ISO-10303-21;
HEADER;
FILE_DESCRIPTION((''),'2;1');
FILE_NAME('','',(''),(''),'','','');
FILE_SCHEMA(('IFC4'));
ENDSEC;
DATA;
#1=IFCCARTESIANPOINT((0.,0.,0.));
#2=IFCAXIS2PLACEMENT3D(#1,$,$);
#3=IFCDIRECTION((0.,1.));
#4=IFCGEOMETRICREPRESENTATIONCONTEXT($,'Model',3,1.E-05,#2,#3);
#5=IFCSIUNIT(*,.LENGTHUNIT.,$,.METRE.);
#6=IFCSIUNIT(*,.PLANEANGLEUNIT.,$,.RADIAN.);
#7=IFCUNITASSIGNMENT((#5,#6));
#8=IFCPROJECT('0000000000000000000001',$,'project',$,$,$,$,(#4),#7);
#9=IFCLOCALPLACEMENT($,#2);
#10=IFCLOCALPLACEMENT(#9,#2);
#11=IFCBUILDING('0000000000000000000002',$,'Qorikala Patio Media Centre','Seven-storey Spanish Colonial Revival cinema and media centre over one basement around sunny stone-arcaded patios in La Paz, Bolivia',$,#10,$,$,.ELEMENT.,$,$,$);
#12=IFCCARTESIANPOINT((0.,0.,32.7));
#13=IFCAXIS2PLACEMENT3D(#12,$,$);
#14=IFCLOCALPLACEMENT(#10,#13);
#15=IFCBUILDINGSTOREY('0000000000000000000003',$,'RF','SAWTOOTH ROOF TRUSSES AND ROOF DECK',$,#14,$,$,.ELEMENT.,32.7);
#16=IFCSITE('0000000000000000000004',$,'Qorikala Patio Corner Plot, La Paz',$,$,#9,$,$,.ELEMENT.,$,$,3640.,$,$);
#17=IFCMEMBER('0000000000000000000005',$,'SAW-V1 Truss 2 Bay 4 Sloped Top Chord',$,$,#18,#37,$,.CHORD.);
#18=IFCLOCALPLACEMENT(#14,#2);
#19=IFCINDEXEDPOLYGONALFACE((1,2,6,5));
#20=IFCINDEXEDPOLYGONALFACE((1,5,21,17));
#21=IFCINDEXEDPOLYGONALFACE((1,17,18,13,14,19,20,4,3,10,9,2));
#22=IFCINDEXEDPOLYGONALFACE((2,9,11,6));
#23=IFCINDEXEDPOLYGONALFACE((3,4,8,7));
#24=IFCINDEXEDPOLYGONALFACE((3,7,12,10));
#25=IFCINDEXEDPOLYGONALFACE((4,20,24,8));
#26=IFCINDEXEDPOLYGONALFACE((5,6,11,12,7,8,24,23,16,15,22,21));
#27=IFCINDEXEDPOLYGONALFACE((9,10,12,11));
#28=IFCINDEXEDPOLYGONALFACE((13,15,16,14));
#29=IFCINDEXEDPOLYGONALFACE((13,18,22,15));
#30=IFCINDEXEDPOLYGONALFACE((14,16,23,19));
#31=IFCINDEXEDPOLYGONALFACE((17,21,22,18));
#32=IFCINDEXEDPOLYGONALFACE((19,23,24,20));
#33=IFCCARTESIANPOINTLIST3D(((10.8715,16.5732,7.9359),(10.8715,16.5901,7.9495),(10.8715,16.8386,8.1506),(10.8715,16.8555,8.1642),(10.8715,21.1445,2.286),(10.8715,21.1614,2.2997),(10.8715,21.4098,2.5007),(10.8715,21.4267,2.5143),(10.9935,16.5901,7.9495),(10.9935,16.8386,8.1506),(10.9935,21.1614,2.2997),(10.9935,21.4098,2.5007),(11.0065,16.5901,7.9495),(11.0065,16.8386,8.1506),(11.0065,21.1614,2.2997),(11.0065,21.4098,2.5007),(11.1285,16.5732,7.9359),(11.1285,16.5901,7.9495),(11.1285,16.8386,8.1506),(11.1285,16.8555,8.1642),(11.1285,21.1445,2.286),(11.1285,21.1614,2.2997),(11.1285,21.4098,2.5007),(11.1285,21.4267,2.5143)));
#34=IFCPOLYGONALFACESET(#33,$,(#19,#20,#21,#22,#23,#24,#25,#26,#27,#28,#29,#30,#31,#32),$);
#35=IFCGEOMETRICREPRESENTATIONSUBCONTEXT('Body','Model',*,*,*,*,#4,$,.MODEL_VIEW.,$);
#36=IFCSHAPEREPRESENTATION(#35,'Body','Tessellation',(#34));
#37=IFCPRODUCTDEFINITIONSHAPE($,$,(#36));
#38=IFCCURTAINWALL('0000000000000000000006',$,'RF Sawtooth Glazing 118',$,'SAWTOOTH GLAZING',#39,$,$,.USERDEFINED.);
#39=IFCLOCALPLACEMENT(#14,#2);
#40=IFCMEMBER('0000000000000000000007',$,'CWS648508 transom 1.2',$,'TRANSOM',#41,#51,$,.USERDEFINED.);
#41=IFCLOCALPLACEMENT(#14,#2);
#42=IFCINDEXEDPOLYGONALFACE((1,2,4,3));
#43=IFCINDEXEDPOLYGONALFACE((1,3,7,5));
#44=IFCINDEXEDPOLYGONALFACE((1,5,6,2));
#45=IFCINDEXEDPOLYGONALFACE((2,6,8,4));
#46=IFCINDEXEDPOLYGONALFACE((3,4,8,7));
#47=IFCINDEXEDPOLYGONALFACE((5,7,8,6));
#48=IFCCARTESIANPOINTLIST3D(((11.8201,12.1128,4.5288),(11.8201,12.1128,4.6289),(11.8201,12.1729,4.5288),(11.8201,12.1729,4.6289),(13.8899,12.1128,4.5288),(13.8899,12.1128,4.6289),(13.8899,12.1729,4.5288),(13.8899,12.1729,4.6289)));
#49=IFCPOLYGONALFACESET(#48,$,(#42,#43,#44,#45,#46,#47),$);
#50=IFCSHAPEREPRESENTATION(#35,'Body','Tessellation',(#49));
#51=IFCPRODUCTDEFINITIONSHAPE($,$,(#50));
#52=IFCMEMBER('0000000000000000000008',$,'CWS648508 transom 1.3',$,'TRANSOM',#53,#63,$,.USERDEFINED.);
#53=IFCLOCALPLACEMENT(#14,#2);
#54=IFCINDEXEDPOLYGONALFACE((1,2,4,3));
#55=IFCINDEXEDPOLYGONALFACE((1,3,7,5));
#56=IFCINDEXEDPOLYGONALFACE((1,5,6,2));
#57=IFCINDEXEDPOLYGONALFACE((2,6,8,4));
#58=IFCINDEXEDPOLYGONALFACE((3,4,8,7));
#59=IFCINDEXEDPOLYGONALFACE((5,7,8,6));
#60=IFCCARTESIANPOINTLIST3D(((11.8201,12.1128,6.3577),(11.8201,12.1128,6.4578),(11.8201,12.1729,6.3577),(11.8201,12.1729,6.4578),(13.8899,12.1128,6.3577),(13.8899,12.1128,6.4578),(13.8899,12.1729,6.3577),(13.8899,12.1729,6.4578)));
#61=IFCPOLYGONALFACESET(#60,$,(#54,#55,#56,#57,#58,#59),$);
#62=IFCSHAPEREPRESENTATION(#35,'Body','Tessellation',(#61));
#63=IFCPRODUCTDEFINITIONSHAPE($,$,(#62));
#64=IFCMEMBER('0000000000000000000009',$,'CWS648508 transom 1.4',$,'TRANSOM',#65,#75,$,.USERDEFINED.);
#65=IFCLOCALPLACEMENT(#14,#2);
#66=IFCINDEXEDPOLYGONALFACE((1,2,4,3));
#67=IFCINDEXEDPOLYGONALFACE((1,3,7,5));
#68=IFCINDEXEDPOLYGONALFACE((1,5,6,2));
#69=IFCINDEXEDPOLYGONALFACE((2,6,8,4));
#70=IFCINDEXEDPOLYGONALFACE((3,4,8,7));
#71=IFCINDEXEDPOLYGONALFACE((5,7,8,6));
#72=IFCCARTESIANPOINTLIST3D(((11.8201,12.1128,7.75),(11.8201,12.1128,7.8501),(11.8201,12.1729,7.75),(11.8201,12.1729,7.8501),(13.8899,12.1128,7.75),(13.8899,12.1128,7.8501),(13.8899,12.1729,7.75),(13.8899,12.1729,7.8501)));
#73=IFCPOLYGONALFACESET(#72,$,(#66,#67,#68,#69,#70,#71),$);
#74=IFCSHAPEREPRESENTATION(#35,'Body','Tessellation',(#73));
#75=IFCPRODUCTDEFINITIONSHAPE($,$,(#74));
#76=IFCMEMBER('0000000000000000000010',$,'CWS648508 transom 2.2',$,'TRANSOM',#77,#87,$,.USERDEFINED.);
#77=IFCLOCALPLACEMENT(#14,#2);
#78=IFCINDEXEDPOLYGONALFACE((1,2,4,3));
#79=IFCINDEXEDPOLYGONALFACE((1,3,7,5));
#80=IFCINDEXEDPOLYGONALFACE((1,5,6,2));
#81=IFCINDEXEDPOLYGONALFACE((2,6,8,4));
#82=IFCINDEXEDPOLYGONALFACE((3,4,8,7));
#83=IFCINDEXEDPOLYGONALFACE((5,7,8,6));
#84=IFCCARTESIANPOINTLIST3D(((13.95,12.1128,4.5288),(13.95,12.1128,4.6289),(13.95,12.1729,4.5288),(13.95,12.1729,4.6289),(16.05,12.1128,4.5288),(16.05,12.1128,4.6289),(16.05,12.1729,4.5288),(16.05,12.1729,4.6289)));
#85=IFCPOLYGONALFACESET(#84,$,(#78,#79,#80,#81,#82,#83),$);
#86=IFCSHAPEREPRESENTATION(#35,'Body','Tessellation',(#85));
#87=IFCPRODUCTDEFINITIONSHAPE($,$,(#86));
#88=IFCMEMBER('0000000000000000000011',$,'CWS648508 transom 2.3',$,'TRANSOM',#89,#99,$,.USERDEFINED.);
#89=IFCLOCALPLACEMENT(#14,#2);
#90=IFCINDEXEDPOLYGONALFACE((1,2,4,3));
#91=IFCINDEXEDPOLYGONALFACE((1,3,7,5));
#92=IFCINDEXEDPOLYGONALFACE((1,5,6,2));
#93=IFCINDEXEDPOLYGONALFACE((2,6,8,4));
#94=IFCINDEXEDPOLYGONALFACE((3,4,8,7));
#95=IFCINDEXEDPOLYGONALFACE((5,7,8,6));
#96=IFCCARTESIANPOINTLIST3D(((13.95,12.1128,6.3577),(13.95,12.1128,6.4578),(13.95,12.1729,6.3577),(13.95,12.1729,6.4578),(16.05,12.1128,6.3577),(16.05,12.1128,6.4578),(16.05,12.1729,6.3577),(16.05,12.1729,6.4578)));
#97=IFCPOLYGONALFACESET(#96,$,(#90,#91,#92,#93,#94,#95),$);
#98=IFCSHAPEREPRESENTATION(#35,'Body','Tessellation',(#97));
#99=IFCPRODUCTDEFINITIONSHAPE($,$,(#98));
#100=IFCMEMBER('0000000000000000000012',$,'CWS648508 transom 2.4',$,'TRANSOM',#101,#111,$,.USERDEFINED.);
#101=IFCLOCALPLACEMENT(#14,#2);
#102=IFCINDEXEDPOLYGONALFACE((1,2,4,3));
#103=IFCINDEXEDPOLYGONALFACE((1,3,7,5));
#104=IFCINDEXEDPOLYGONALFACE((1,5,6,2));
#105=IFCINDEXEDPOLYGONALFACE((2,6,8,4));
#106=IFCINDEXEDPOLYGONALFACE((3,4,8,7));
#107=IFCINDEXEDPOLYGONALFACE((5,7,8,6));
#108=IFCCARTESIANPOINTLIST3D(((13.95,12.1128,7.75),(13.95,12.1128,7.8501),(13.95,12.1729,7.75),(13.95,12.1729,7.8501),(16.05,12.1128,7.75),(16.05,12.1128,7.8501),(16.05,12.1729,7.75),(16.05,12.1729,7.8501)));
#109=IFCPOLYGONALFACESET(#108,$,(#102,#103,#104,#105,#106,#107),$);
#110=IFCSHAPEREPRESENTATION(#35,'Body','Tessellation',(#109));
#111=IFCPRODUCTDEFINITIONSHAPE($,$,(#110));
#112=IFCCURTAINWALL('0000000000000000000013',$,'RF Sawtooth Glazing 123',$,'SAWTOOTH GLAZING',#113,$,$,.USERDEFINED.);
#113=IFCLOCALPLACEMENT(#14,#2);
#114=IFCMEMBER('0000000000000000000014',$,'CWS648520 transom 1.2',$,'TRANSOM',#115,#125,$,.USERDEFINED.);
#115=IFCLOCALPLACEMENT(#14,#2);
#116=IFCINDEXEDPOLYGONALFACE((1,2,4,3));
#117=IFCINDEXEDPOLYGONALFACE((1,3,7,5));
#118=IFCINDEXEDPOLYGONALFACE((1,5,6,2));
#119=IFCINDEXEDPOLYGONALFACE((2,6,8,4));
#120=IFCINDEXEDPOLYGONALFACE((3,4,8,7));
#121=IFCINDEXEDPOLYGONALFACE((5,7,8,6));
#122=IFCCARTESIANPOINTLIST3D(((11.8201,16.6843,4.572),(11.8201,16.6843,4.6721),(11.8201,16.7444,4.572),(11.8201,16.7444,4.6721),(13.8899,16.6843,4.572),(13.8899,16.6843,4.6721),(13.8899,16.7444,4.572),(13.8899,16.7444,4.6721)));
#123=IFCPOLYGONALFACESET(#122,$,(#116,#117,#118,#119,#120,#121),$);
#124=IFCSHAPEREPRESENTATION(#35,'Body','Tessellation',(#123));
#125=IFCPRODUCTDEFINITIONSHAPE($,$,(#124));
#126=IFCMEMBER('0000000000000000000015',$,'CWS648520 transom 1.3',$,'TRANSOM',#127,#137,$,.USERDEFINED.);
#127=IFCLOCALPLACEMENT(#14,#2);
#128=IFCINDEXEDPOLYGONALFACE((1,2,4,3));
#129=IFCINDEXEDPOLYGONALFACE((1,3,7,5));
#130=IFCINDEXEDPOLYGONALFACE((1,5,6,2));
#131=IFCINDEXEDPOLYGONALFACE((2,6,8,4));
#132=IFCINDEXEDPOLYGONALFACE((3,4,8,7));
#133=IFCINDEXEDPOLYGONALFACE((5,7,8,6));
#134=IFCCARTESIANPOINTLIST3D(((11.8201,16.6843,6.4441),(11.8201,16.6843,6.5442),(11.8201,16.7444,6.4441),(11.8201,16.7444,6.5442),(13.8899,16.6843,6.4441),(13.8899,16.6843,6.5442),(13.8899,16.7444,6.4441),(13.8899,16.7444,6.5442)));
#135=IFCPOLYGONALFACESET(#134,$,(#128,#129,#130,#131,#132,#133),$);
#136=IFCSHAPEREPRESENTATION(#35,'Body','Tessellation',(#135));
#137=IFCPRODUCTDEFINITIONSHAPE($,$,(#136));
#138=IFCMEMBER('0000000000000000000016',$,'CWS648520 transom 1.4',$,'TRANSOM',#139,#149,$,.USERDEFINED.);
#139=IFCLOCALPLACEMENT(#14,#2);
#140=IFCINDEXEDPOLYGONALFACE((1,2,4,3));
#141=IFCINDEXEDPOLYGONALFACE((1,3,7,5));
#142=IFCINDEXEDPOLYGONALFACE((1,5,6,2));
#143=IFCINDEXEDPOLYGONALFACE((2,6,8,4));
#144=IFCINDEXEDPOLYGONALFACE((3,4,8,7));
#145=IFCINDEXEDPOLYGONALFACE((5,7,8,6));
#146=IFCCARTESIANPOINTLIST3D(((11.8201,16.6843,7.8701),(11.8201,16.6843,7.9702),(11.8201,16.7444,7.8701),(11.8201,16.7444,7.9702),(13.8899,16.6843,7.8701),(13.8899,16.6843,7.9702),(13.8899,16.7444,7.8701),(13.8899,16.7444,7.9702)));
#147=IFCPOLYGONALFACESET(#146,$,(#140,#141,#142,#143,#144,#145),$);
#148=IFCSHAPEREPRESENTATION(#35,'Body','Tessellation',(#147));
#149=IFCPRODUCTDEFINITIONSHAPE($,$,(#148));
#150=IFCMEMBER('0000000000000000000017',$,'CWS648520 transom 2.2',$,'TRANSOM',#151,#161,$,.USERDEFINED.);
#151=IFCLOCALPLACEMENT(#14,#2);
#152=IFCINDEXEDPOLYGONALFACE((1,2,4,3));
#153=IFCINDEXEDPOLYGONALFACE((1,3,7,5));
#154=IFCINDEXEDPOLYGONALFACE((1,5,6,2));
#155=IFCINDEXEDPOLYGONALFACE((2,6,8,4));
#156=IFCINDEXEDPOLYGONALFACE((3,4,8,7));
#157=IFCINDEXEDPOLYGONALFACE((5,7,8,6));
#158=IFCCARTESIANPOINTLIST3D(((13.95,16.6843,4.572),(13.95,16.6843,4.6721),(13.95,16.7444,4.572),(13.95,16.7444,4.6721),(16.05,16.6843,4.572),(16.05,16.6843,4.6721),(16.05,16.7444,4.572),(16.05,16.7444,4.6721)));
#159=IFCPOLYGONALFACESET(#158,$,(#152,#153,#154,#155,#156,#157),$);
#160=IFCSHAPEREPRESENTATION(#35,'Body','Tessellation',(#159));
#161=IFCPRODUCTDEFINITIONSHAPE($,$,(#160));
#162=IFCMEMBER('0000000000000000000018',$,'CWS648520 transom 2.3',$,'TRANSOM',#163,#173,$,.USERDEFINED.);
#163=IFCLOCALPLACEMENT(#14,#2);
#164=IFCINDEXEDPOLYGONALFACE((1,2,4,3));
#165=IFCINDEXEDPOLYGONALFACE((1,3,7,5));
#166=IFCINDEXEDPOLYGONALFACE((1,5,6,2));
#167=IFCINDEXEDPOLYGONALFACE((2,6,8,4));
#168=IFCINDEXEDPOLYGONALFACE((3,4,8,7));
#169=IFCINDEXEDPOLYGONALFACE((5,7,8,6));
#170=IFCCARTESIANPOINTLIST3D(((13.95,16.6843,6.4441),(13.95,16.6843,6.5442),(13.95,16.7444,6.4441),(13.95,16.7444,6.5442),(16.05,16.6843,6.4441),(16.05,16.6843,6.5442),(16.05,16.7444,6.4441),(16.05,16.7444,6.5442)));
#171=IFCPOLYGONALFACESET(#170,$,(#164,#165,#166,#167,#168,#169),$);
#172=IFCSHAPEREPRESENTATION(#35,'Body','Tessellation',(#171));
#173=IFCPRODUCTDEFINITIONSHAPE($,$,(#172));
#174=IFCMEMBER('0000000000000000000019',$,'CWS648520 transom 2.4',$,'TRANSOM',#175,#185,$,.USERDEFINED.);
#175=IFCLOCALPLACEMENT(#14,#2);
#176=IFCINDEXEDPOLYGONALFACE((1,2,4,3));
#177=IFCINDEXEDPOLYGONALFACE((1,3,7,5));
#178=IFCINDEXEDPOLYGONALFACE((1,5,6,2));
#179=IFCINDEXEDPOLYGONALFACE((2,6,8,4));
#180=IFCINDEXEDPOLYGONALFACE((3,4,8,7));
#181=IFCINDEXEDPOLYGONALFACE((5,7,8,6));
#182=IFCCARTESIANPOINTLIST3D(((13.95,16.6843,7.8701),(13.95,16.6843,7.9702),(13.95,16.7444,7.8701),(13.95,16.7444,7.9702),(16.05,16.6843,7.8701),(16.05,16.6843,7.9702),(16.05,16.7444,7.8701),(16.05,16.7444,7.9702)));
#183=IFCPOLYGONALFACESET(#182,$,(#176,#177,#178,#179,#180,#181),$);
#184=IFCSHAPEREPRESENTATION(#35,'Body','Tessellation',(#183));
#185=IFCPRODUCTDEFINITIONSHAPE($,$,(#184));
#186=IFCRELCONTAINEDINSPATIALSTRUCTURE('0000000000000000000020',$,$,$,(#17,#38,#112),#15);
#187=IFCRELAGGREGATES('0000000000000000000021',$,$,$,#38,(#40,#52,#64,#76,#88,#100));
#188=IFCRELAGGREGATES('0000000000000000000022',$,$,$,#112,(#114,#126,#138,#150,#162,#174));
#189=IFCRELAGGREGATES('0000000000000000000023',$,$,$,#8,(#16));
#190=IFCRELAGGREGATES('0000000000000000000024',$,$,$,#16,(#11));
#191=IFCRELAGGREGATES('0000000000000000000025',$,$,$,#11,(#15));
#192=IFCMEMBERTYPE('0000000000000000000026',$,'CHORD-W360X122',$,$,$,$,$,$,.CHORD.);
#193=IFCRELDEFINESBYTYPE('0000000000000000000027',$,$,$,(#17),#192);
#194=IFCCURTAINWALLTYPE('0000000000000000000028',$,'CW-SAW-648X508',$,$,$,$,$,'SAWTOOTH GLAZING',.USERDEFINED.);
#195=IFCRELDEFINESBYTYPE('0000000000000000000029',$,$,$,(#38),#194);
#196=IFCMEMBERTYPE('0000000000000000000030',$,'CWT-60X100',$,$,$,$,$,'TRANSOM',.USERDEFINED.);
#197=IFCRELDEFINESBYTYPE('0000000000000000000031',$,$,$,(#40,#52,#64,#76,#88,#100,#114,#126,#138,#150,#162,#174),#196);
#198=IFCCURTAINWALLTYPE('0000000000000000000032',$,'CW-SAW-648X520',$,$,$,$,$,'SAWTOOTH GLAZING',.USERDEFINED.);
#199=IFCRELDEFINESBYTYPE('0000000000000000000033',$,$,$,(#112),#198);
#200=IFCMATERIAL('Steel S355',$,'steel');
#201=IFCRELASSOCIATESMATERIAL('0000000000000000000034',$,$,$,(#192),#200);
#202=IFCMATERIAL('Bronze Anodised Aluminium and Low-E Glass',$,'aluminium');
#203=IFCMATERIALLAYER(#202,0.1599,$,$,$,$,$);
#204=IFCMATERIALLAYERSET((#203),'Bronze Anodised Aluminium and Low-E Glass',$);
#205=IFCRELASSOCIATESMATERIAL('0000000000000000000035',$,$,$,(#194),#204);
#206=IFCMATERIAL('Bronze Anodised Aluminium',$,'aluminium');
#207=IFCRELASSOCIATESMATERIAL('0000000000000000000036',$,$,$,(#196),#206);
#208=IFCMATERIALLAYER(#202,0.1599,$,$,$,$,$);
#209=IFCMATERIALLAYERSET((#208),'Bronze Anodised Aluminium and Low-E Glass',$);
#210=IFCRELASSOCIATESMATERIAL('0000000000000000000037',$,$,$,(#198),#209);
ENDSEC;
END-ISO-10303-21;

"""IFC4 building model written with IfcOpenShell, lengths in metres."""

from ifc_helpers import new_model, si_unit, direction, frame, origin, origin_2d, place, context, subcontext, project, spatial, rectangle, i_section, extrude, material, layer, layer_set, material_profile, profile_set, type_object, element, aggregate, save


model = new_model("IFC4")

# Units and contexts
model_context = context("Model", 3, precision=1e-05, world=origin(), true_north=direction((0.0, 1.0)))
body_context = subcontext(model_context, "Body", "Model", "MODEL_VIEW")
ifc_project = project(units=[si_unit("LENGTHUNIT", "METRE"), si_unit("PLANEANGLEUNIT", "RADIAN")], contexts=[model_context])

# Site, building, storey
site_placement = place(None, origin())
site = spatial("IfcSite", under=ifc_project, at=site_placement, Name="Qorikala Patio Corner Plot, La Paz", CompositionType="ELEMENT", RefElevation=3640.0)
building_placement = place(site_placement, origin())
building = spatial("IfcBuilding", under=site, at=building_placement, Name="Qorikala Patio Media Centre", Description="Seven-storey Spanish Colonial Revival cinema and media centre over one basement around sunny stone-arcaded patios in La Paz, Bolivia", CompositionType="ELEMENT")
storey_placement = place(building_placement, frame((0.0, 0.0, 32.7)))
storey = spatial("IfcBuildingStorey", under=building, at=storey_placement, Name="RF", Description="SAWTOOTH ROOF TRUSSES AND ROOF DECK", CompositionType="ELEMENT", Elevation=32.7)

# Member
ifc_material_1 = material(Name="Steel S355", Category="steel")
ifc_material_profile_1 = material_profile(ifc_material_1, i_section(OverallWidth=0.2571, OverallDepth=0.363, WebThickness=0.0129, FlangeThickness=0.0217, at=origin_2d()), Name="W360X122")
ifc_profile_set_1 = profile_set([ifc_material_profile_1], Name="Steel S355")
member_type_1 = type_object("IfcMemberType", Name="CHORD-W360X122", PredefinedType="CHORD", material=ifc_profile_set_1)
member_1_placement = place(storey_placement, frame((11.0, 16.7144, 8.05), z_axis=(0.0, 0.628995, -0.777409), x_axis=(-1.0, 0.0, 0.0)))
element("IfcMember", 1, at=member_1_placement, inside=storey, type_object=member_type_1, Name="SAW-V1 Truss 2 Bay 4 Sloped Top Chord", PredefinedType="CHORD", context=body_context, shape_type="SweptSolid", body=[
    extrude(i_section(OverallWidth=0.2571, OverallDepth=0.363, WebThickness=0.0129, FlangeThickness=0.0217, at=origin_2d()), origin(), (0.0, 0.0, 1.0), 7.2676),
])

# Curtain walls, members
ifc_material_2 = material(Name="Bronze Anodised Aluminium and Low-E Glass", Category="aluminium")
ifc_layer_1 = layer(ifc_material_2, 0.1599)
ifc_layer_set_1 = layer_set([ifc_layer_1], Name="Bronze Anodised Aluminium and Low-E Glass")
curtain_wall_type_1 = type_object("IfcCurtainWallType", Name="CW-SAW-648X508", ElementType="SAWTOOTH GLAZING", PredefinedType="USERDEFINED", material=ifc_layer_set_1)
curtain_wall_1_placement = place(storey_placement, origin())
curtain_wall_1 = element("IfcCurtainWall", 2, at=curtain_wall_1_placement, inside=storey, type_object=curtain_wall_type_1, Name="RF Sawtooth Glazing 118", ObjectType="SAWTOOTH GLAZING", PredefinedType="USERDEFINED")
ifc_material_3 = material(Name="Bronze Anodised Aluminium", Category="aluminium")
ifc_material_profile_2 = material_profile(ifc_material_3, rectangle(XDim=0.0601, YDim=0.1001, at=origin_2d()), Name="ALU TRANSOM 60x100")
ifc_profile_set_2 = profile_set([ifc_material_profile_2], Name="Bronze Anodised Aluminium")
member_type_2 = type_object("IfcMemberType", Name="CWT-60X100", ElementType="TRANSOM", PredefinedType="USERDEFINED", material=ifc_profile_set_2)
member_2_placement = place(storey_placement, frame((11.8201, 12.1428, 4.5789), z_axis=(1.0, 0.0, 0.0), x_axis=(0.0, 1.0, 0.0)))
member_2 = element("IfcMember", 3, at=member_2_placement, type_object=member_type_2, Name="CWS648508 transom 1.2", ObjectType="TRANSOM", PredefinedType="USERDEFINED", context=body_context, shape_type="SweptSolid", body=[
    extrude(rectangle(XDim=0.0601, YDim=0.1001, at=origin_2d()), origin(), (0.0, 0.0, 1.0), 2.0698),
])
member_3_placement = place(storey_placement, frame((11.8201, 12.1428, 6.4077), z_axis=(1.0, 0.0, 0.0), x_axis=(0.0, 1.0, 0.0)))
member_3 = element("IfcMember", 4, at=member_3_placement, type_object=member_type_2, Name="CWS648508 transom 1.3", ObjectType="TRANSOM", PredefinedType="USERDEFINED", context=body_context, shape_type="SweptSolid", body=[
    extrude(rectangle(XDim=0.0601, YDim=0.1001, at=origin_2d()), origin(), (0.0, 0.0, 1.0), 2.0698),
])
member_4_placement = place(storey_placement, frame((11.8201, 12.1428, 7.8), z_axis=(1.0, 0.0, 0.0), x_axis=(0.0, 1.0, 0.0)))
member_4 = element("IfcMember", 5, at=member_4_placement, type_object=member_type_2, Name="CWS648508 transom 1.4", ObjectType="TRANSOM", PredefinedType="USERDEFINED", context=body_context, shape_type="SweptSolid", body=[
    extrude(rectangle(XDim=0.0601, YDim=0.1001, at=origin_2d()), origin(), (0.0, 0.0, 1.0), 2.0698),
])
member_5_placement = place(storey_placement, frame((13.95, 12.1428, 4.5789), z_axis=(1.0, 0.0, 0.0), x_axis=(0.0, 1.0, 0.0)))
member_5 = element("IfcMember", 6, at=member_5_placement, type_object=member_type_2, Name="CWS648508 transom 2.2", ObjectType="TRANSOM", PredefinedType="USERDEFINED", context=body_context, shape_type="SweptSolid", body=[
    extrude(rectangle(XDim=0.0601, YDim=0.1001, at=origin_2d()), origin(), (0.0, 0.0, 1.0), 2.1001),
])
member_6_placement = place(storey_placement, frame((13.95, 12.1428, 6.4077), z_axis=(1.0, 0.0, 0.0), x_axis=(0.0, 1.0, 0.0)))
member_6 = element("IfcMember", 7, at=member_6_placement, type_object=member_type_2, Name="CWS648508 transom 2.3", ObjectType="TRANSOM", PredefinedType="USERDEFINED", context=body_context, shape_type="SweptSolid", body=[
    extrude(rectangle(XDim=0.0601, YDim=0.1001, at=origin_2d()), origin(), (0.0, 0.0, 1.0), 2.1001),
])
member_7_placement = place(storey_placement, frame((13.95, 12.1428, 7.8), z_axis=(1.0, 0.0, 0.0), x_axis=(0.0, 1.0, 0.0)))
member_7 = element("IfcMember", 8, at=member_7_placement, type_object=member_type_2, Name="CWS648508 transom 2.4", ObjectType="TRANSOM", PredefinedType="USERDEFINED", context=body_context, shape_type="SweptSolid", body=[
    extrude(rectangle(XDim=0.0601, YDim=0.1001, at=origin_2d()), origin(), (0.0, 0.0, 1.0), 2.1001),
])
ifc_layer_2 = layer(ifc_material_2, 0.1599)
ifc_layer_set_2 = layer_set([ifc_layer_2], Name="Bronze Anodised Aluminium and Low-E Glass")
curtain_wall_type_2 = type_object("IfcCurtainWallType", Name="CW-SAW-648X520", ElementType="SAWTOOTH GLAZING", PredefinedType="USERDEFINED", material=ifc_layer_set_2)
curtain_wall_2_placement = place(storey_placement, origin())
curtain_wall_2 = element("IfcCurtainWall", 9, at=curtain_wall_2_placement, inside=storey, type_object=curtain_wall_type_2, Name="RF Sawtooth Glazing 123", ObjectType="SAWTOOTH GLAZING", PredefinedType="USERDEFINED")
member_8_placement = place(storey_placement, frame((11.8201, 16.7144, 4.6221), z_axis=(1.0, 0.0, 0.0), x_axis=(0.0, 1.0, 0.0)))
member_8 = element("IfcMember", 10, at=member_8_placement, type_object=member_type_2, Name="CWS648520 transom 1.2", ObjectType="TRANSOM", PredefinedType="USERDEFINED", context=body_context, shape_type="SweptSolid", body=[
    extrude(rectangle(XDim=0.0601, YDim=0.1001, at=origin_2d()), origin(), (0.0, 0.0, 1.0), 2.0698),
])
member_9_placement = place(storey_placement, frame((11.8201, 16.7144, 6.4941), z_axis=(1.0, 0.0, 0.0), x_axis=(0.0, 1.0, 0.0)))
member_9 = element("IfcMember", 11, at=member_9_placement, type_object=member_type_2, Name="CWS648520 transom 1.3", ObjectType="TRANSOM", PredefinedType="USERDEFINED", context=body_context, shape_type="SweptSolid", body=[
    extrude(rectangle(XDim=0.0601, YDim=0.1001, at=origin_2d()), origin(), (0.0, 0.0, 1.0), 2.0698),
])
member_10_placement = place(storey_placement, frame((11.8201, 16.7144, 7.9202), z_axis=(1.0, 0.0, 0.0), x_axis=(0.0, 1.0, 0.0)))
member_10 = element("IfcMember", 12, at=member_10_placement, type_object=member_type_2, Name="CWS648520 transom 1.4", ObjectType="TRANSOM", PredefinedType="USERDEFINED", context=body_context, shape_type="SweptSolid", body=[
    extrude(rectangle(XDim=0.0601, YDim=0.1001, at=origin_2d()), origin(), (0.0, 0.0, 1.0), 2.0698),
])
member_11_placement = place(storey_placement, frame((13.95, 16.7144, 4.6221), z_axis=(1.0, 0.0, 0.0), x_axis=(0.0, 1.0, 0.0)))
member_11 = element("IfcMember", 13, at=member_11_placement, type_object=member_type_2, Name="CWS648520 transom 2.2", ObjectType="TRANSOM", PredefinedType="USERDEFINED", context=body_context, shape_type="SweptSolid", body=[
    extrude(rectangle(XDim=0.0601, YDim=0.1001, at=origin_2d()), origin(), (0.0, 0.0, 1.0), 2.1001),
])
member_12_placement = place(storey_placement, frame((13.95, 16.7144, 6.4941), z_axis=(1.0, 0.0, 0.0), x_axis=(0.0, 1.0, 0.0)))
member_12 = element("IfcMember", 14, at=member_12_placement, type_object=member_type_2, Name="CWS648520 transom 2.3", ObjectType="TRANSOM", PredefinedType="USERDEFINED", context=body_context, shape_type="SweptSolid", body=[
    extrude(rectangle(XDim=0.0601, YDim=0.1001, at=origin_2d()), origin(), (0.0, 0.0, 1.0), 2.1001),
])
member_13_placement = place(storey_placement, frame((13.95, 16.7144, 7.9202), z_axis=(1.0, 0.0, 0.0), x_axis=(0.0, 1.0, 0.0)))
member_13 = element("IfcMember", 15, at=member_13_placement, type_object=member_type_2, Name="CWS648520 transom 2.4", ObjectType="TRANSOM", PredefinedType="USERDEFINED", context=body_context, shape_type="SweptSolid", body=[
    extrude(rectangle(XDim=0.0601, YDim=0.1001, at=origin_2d()), origin(), (0.0, 0.0, 1.0), 2.1001),
])

aggregate(curtain_wall_1, [member_2, member_3, member_4, member_5, member_6, member_7])
aggregate(curtain_wall_2, [member_8, member_9, member_10, member_11, member_12, member_13])

save(model, "model.ifc")
